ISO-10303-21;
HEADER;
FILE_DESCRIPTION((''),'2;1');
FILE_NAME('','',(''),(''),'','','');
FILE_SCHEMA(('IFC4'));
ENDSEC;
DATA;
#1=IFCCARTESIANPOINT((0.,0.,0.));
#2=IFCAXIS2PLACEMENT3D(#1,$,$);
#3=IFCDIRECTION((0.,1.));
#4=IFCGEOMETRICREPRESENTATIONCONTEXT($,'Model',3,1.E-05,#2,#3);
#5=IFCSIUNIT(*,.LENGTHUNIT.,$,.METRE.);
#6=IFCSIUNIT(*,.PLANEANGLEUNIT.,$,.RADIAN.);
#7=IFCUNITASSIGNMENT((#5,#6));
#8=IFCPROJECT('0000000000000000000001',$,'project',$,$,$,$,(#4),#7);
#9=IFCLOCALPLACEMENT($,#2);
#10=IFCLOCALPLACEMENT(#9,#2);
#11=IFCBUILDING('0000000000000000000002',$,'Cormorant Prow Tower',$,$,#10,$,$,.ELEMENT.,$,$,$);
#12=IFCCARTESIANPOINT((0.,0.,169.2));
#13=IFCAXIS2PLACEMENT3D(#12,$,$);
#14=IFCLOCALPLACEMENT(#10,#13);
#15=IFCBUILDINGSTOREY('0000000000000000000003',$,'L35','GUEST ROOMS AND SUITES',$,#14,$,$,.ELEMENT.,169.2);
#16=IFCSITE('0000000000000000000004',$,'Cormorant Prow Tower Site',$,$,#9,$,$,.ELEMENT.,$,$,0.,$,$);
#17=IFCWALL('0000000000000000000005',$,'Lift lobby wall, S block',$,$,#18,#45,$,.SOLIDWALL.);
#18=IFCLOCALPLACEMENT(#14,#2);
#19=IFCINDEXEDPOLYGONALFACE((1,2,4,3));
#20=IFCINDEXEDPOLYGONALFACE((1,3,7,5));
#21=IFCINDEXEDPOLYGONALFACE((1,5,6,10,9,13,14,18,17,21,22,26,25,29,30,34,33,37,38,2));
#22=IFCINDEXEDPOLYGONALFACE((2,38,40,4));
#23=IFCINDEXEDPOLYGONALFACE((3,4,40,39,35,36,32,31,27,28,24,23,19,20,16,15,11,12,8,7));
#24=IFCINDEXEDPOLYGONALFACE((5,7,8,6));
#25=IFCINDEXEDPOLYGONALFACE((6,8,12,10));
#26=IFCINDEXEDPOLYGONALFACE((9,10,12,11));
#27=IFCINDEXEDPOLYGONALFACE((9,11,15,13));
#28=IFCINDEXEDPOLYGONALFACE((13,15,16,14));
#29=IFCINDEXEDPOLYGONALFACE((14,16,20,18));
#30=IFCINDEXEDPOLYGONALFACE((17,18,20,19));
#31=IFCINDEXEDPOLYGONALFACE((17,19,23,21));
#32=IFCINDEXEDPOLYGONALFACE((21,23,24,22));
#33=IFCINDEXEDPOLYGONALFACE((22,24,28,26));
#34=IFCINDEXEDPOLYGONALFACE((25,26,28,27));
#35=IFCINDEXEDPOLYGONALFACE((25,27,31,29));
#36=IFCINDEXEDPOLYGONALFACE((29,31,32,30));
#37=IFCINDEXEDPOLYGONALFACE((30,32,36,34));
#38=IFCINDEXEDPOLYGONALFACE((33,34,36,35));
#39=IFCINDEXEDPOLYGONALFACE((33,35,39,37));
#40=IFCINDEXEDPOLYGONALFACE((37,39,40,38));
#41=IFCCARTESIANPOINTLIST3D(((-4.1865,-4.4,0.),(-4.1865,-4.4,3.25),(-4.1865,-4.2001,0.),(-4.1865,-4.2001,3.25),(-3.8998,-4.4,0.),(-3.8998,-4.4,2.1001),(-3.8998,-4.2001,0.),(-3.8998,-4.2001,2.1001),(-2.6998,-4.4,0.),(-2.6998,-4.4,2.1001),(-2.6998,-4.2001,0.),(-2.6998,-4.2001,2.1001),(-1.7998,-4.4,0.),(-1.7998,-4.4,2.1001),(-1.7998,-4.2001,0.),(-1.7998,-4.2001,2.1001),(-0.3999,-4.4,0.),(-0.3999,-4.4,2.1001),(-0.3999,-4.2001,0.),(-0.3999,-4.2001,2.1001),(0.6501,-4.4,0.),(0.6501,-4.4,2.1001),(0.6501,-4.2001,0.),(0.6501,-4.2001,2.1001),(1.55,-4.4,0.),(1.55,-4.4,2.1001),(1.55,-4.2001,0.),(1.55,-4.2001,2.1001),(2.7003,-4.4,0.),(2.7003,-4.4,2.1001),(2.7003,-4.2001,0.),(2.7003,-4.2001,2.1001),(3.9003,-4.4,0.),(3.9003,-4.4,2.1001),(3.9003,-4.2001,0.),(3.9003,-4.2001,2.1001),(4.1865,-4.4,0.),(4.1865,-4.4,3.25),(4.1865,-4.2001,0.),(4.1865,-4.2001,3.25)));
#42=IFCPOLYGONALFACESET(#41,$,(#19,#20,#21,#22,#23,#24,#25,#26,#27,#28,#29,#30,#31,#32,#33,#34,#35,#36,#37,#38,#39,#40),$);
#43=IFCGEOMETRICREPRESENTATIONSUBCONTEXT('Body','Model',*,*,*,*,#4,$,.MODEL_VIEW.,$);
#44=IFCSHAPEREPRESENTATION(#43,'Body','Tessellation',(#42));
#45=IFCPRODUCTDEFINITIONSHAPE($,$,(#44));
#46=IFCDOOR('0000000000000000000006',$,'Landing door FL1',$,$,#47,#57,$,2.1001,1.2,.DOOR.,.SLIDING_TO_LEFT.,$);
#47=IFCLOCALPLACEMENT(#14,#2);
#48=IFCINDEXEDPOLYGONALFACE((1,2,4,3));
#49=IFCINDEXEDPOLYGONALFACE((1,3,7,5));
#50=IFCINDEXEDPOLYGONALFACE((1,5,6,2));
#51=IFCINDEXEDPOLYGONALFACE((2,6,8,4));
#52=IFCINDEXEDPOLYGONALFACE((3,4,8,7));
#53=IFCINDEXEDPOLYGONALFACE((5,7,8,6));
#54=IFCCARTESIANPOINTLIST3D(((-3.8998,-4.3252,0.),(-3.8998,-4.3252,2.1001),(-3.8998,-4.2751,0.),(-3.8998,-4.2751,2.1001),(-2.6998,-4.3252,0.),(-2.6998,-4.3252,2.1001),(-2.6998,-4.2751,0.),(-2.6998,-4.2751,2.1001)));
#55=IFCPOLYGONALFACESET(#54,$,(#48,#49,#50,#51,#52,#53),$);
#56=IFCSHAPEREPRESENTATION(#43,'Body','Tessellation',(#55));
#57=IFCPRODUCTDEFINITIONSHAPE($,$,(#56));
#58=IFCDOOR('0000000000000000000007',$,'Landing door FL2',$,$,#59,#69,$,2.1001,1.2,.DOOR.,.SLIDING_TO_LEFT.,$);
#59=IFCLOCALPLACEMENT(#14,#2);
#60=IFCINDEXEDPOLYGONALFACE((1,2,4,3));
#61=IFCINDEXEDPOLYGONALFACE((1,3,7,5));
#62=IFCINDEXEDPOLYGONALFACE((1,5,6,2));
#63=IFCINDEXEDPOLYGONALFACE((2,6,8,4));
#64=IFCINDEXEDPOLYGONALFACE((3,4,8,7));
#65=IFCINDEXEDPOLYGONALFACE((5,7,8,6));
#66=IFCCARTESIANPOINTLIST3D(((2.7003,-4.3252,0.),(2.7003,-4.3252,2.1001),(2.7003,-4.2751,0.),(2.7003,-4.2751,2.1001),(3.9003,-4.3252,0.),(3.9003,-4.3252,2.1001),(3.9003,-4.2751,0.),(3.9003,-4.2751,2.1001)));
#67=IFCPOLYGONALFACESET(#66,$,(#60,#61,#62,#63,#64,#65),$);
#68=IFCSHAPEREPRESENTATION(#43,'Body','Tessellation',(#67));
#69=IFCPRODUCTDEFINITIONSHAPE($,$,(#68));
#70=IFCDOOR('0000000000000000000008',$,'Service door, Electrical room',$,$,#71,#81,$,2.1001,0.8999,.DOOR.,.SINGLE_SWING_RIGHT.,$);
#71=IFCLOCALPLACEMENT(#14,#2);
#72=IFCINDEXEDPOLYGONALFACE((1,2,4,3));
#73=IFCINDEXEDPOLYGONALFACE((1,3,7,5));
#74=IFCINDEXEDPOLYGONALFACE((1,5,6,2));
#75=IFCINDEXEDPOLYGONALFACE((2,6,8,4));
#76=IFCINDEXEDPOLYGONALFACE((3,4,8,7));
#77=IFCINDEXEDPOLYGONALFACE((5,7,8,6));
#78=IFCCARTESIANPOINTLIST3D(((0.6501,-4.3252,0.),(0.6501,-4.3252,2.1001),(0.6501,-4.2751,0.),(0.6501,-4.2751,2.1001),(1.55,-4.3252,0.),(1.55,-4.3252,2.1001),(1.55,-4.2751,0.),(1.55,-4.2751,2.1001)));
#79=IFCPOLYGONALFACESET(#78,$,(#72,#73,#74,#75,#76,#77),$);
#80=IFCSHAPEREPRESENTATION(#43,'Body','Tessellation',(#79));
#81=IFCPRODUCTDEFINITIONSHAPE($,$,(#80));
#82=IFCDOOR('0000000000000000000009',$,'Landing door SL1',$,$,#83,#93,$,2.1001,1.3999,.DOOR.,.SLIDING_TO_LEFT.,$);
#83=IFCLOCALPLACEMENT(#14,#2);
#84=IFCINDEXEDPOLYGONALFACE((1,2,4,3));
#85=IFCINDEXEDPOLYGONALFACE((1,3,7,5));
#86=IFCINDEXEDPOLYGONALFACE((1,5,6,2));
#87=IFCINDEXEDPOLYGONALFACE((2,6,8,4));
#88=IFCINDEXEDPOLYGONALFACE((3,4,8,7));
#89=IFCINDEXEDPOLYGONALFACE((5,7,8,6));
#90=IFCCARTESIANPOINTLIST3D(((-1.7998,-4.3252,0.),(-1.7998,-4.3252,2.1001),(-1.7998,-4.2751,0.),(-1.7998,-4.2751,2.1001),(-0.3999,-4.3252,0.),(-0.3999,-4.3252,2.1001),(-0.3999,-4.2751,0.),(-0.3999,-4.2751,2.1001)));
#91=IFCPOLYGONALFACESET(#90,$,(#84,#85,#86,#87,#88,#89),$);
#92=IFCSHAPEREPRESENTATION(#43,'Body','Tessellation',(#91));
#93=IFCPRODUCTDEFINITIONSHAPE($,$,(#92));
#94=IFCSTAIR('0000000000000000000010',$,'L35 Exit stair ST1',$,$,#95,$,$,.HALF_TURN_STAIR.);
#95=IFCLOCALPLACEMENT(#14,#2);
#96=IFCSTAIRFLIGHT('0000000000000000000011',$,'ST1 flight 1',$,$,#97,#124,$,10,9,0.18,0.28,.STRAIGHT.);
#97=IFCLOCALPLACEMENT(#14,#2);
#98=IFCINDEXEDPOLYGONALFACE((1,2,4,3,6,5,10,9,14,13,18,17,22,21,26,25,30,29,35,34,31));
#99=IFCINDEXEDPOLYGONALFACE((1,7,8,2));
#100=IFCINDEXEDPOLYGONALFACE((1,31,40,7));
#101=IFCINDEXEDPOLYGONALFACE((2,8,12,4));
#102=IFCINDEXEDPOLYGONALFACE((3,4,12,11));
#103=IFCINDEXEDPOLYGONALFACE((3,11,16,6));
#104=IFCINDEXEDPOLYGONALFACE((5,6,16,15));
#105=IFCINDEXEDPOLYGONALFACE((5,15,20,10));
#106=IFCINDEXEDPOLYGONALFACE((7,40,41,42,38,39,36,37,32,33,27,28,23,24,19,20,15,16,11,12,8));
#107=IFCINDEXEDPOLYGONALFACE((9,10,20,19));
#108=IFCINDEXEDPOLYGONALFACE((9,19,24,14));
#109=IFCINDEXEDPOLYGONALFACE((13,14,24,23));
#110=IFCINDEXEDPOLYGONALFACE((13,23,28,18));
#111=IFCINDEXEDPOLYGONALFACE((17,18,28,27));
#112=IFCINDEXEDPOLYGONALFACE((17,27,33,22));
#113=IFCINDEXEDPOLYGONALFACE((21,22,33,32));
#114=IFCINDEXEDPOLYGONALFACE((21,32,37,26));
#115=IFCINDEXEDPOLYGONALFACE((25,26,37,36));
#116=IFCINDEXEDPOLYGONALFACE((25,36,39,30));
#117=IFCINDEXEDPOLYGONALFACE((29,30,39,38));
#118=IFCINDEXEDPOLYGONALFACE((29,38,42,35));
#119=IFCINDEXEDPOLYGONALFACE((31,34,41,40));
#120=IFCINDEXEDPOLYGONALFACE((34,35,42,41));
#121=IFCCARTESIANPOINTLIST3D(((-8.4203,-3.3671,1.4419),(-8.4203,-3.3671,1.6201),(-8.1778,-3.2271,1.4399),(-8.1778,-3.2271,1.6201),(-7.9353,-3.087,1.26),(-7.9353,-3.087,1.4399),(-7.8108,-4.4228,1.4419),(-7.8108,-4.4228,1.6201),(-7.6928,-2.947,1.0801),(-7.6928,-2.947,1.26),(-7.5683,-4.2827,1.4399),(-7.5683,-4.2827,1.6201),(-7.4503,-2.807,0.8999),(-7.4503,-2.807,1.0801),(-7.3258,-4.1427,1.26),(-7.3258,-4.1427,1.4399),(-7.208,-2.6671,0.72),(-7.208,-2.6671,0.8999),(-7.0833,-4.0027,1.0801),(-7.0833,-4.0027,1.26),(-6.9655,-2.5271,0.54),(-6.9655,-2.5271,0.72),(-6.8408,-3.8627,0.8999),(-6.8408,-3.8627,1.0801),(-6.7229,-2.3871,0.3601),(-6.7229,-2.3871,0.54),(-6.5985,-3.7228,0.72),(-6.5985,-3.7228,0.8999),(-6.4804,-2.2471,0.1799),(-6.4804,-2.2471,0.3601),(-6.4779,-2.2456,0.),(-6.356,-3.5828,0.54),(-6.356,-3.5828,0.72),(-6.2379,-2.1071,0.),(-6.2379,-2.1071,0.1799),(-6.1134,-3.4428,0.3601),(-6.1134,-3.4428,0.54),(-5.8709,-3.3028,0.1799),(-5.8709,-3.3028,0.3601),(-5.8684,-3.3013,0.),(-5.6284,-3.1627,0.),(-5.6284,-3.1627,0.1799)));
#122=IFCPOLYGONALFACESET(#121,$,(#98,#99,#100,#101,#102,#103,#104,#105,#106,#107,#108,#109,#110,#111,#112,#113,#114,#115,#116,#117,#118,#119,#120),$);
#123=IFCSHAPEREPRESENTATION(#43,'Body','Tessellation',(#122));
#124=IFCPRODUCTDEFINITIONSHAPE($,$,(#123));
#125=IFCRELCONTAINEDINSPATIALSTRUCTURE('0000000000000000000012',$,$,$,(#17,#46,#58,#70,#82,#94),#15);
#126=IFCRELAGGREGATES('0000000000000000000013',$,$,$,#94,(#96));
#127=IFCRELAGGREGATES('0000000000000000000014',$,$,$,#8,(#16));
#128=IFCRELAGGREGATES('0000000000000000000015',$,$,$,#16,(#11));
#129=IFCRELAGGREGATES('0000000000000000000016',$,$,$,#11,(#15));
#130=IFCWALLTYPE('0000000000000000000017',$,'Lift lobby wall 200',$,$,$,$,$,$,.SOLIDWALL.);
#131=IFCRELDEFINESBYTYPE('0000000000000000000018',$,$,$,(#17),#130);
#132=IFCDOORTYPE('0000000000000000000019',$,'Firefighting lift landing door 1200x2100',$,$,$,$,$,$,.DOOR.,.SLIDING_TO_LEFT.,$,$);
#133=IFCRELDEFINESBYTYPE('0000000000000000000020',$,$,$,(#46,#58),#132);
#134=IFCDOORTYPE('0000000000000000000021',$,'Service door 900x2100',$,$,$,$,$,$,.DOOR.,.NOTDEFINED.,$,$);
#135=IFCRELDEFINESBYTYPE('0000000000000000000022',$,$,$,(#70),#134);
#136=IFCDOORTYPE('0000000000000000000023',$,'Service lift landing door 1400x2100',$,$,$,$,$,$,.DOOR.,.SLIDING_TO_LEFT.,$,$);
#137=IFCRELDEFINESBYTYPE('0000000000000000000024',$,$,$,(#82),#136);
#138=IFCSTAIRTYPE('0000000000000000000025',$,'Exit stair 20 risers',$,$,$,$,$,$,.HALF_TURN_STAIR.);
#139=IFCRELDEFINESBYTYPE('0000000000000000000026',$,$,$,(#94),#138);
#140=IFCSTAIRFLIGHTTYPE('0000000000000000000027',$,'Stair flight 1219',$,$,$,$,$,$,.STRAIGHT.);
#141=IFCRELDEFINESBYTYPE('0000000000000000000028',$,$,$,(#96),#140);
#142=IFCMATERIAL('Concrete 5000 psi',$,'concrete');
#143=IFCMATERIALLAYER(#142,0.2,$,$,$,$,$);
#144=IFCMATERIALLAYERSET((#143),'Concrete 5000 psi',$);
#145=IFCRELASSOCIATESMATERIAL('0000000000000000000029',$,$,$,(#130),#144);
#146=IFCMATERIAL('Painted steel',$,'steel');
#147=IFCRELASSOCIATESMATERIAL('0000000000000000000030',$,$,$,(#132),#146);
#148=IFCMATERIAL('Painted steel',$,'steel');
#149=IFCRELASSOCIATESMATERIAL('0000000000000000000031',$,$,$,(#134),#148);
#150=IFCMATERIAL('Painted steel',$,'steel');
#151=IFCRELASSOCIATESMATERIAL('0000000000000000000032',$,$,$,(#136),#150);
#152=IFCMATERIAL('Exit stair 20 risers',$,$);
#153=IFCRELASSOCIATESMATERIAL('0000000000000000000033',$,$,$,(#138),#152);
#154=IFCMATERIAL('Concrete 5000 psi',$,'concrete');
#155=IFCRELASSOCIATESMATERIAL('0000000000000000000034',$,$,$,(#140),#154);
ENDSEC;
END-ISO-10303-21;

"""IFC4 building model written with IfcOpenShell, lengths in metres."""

from ifc_helpers import new_model, si_unit, direction, frame, frame_2d, origin, place, context, subcontext, project, spatial, polyline, rectangle, outline, extrude, material, layer, layer_set, type_object, element, fill, aggregate, save


model = new_model("IFC4")

# Units and contexts
model_context = context("Model", 3, precision=1e-05, world=origin(), true_north=direction((0.0, 1.0)))
body_context = subcontext(model_context, "Body", "Model", "MODEL_VIEW")
ifc_project = project(units=[si_unit("LENGTHUNIT", "METRE"), si_unit("PLANEANGLEUNIT", "RADIAN")], contexts=[model_context])

# Site, building, storey
site_placement = place(None, origin())
site = spatial("IfcSite", under=ifc_project, at=site_placement, Name="Cormorant Prow Tower Site", CompositionType="ELEMENT", RefElevation=0.0)
building_placement = place(site_placement, origin())
building = spatial("IfcBuilding", under=site, at=building_placement, Name="Cormorant Prow Tower", CompositionType="ELEMENT")
storey_placement = place(building_placement, frame((0.0, 0.0, 169.2)))
storey = spatial("IfcBuildingStorey", under=building, at=storey_placement, Name="L35", Description="GUEST ROOMS AND SUITES", CompositionType="ELEMENT", Elevation=169.2)

# Wall, openings, doors
ifc_material_1 = material(Name="Concrete 5000 psi", Category="concrete")
ifc_layer_1 = layer(ifc_material_1, 0.2)
ifc_layer_set_1 = layer_set([ifc_layer_1], Name="Concrete 5000 psi")
wall_type_1 = type_object("IfcWallType", Name="Lift lobby wall 200", PredefinedType="SOLIDWALL", material=ifc_layer_set_1)
wall_1_placement = place(storey_placement, frame((-4.1865, -4.3, 0.0), z_axis=(0.0, 0.0, 1.0), x_axis=(1.0, 0.0, 0.0)))
wall_1 = element("IfcWall", 1, at=wall_1_placement, inside=storey, type_object=wall_type_1, Name="Lift lobby wall, S block", PredefinedType="SOLIDWALL", context=body_context, shape_type="SweptSolid", body=[
    extrude(rectangle(XDim=8.373, YDim=0.2, at=frame_2d((4.1865, 0.0))), origin(), (0.0, 0.0, 1.0), 3.25),
])
opening_1_placement = place(wall_1_placement, frame((0.2866, 0.0, 0.0)))
opening_1 = element("IfcOpeningElement", 2, at=opening_1_placement, cuts=wall_1, PredefinedType="OPENING", context=body_context, shape_type="SweptSolid", body=[
    extrude(rectangle(XDim=1.2, YDim=2.1001, at=frame_2d((0.6001, 1.05))), frame((0.0, 0.1099, 0.0), z_axis=(0.0, -1.0, 0.0), x_axis=(1.0, 0.0, 0.0)), (0.0, 0.0, 1.0), 0.22),
])
opening_2_placement = place(wall_1_placement, frame((2.3867, 0.0, 0.0)))
opening_2 = element("IfcOpeningElement", 3, at=opening_2_placement, cuts=wall_1, PredefinedType="OPENING", context=body_context, shape_type="SweptSolid", body=[
    extrude(rectangle(XDim=1.3999, YDim=2.1001, at=frame_2d((0.7, 1.05))), frame((0.0, 0.1099, 0.0), z_axis=(0.0, -1.0, 0.0), x_axis=(1.0, 0.0, 0.0)), (0.0, 0.0, 1.0), 0.22),
])
opening_3_placement = place(wall_1_placement, frame((4.8367, 0.0, 0.0)))
opening_3 = element("IfcOpeningElement", 4, at=opening_3_placement, cuts=wall_1, PredefinedType="OPENING", context=body_context, shape_type="SweptSolid", body=[
    extrude(rectangle(XDim=0.8999, YDim=2.1001, at=frame_2d((0.45, 1.05))), frame((0.0, 0.1099, 0.0), z_axis=(0.0, -1.0, 0.0), x_axis=(1.0, 0.0, 0.0)), (0.0, 0.0, 1.0), 0.22),
])
opening_4_placement = place(wall_1_placement, frame((6.8867, 0.0, 0.0)))
opening_4 = element("IfcOpeningElement", 5, at=opening_4_placement, cuts=wall_1, PredefinedType="OPENING", context=body_context, shape_type="SweptSolid", body=[
    extrude(rectangle(XDim=1.2, YDim=2.1001, at=frame_2d((0.6001, 1.05))), frame((0.0, 0.1099, 0.0), z_axis=(0.0, -1.0, 0.0), x_axis=(1.0, 0.0, 0.0)), (0.0, 0.0, 1.0), 0.22),
])
ifc_material_2 = material(Name="Painted steel", Category="steel")
door_type_1 = type_object("IfcDoorType", Name="Firefighting lift landing door 1200x2100", OperationType="SLIDING_TO_LEFT", PredefinedType="DOOR", material=ifc_material_2)
door_1_placement = place(opening_1_placement, origin())
door_1 = element("IfcDoor", 6, at=door_1_placement, inside=storey, type_object=door_type_1, Name="Landing door FL1", OperationType="SLIDING_TO_LEFT", OverallHeight=2.1001, OverallWidth=1.2, PredefinedType="DOOR", context=body_context, shape_type="SweptSolid", body=[
    extrude(rectangle(XDim=1.2, YDim=2.1001, at=frame_2d((0.6001, 1.05))), frame((0.0, 0.0249, 0.0), z_axis=(0.0, -1.0, 0.0), x_axis=(1.0, 0.0, 0.0)), (0.0, 0.0, 1.0), 0.05),
])
fill(opening_1, door_1)
door_2_placement = place(opening_4_placement, origin())
door_2 = element("IfcDoor", 7, at=door_2_placement, inside=storey, type_object=door_type_1, Name="Landing door FL2", OperationType="SLIDING_TO_LEFT", OverallHeight=2.1001, OverallWidth=1.2, PredefinedType="DOOR", context=body_context, shape_type="SweptSolid", body=[
    extrude(rectangle(XDim=1.2, YDim=2.1001, at=frame_2d((0.6001, 1.05))), frame((0.0, 0.0249, 0.0), z_axis=(0.0, -1.0, 0.0), x_axis=(1.0, 0.0, 0.0)), (0.0, 0.0, 1.0), 0.05),
])
fill(opening_4, door_2)
ifc_material_3 = material(Name="Painted steel", Category="steel")
door_type_2 = type_object("IfcDoorType", Name="Service door 900x2100", OperationType="NOTDEFINED", PredefinedType="DOOR", material=ifc_material_3)
door_3_placement = place(opening_3_placement, origin())
door_3 = element("IfcDoor", 8, at=door_3_placement, inside=storey, type_object=door_type_2, Name="Service door, Electrical room", OperationType="SINGLE_SWING_RIGHT", OverallHeight=2.1001, OverallWidth=0.8999, PredefinedType="DOOR", context=body_context, shape_type="SweptSolid", body=[
    extrude(rectangle(XDim=0.8999, YDim=2.1001, at=frame_2d((0.45, 1.05))), frame((0.0, 0.0249, 0.0), z_axis=(0.0, -1.0, 0.0), x_axis=(1.0, 0.0, 0.0)), (0.0, 0.0, 1.0), 0.05),
])
fill(opening_3, door_3)
ifc_material_4 = material(Name="Painted steel", Category="steel")
door_type_3 = type_object("IfcDoorType", Name="Service lift landing door 1400x2100", OperationType="SLIDING_TO_LEFT", PredefinedType="DOOR", material=ifc_material_4)
door_4_placement = place(opening_2_placement, origin())
door_4 = element("IfcDoor", 9, at=door_4_placement, inside=storey, type_object=door_type_3, Name="Landing door SL1", OperationType="SLIDING_TO_LEFT", OverallHeight=2.1001, OverallWidth=1.3999, PredefinedType="DOOR", context=body_context, shape_type="SweptSolid", body=[
    extrude(rectangle(XDim=1.3999, YDim=2.1001, at=frame_2d((0.7, 1.05))), frame((0.0, 0.0249, 0.0), z_axis=(0.0, -1.0, 0.0), x_axis=(1.0, 0.0, 0.0)), (0.0, 0.0, 1.0), 0.05),
])
fill(opening_2, door_4)

# Stair, stair flight
ifc_material_5 = material(Name="Exit stair 20 risers")
stair_type = type_object("IfcStairType", Name="Exit stair 20 risers", PredefinedType="HALF_TURN_STAIR", material=ifc_material_5)
stair_placement = place(storey_placement, origin())
stair = element("IfcStair", 10, at=stair_placement, inside=storey, type_object=stair_type, Name="L35 Exit stair ST1", PredefinedType="HALF_TURN_STAIR")
ifc_material_6 = material(Name="Concrete 5000 psi", Category="concrete")
stair_flight_type = type_object("IfcStairFlightType", Name="Stair flight 1219", PredefinedType="STRAIGHT", material=ifc_material_6)
stair_flight_placement = place(storey_placement, frame((-5.9331, -2.635, 0.0), z_axis=(0.0, 0.0, 1.0), x_axis=(-0.866025, -0.5, 0.0)))
stair_flight = element("IfcStairFlight", 11, at=stair_flight_placement, type_object=stair_flight_type, Name="ST1 flight 1", NumberOfRisers=10, NumberOfTreads=9, PredefinedType="STRAIGHT", RiserHeight=0.18, TreadLength=0.28, context=body_context, shape_type="SweptSolid", body=[
    extrude(outline(polyline([(0.0, 0.0), (0.0, 0.1799), (0.28, 0.1799), (0.28, 0.3601), (0.5601, 0.3601), (0.5601, 0.54), (0.8401, 0.54), (0.8401, 0.72), (1.1201, 0.72), (1.1201, 0.8999), (1.3999, 0.8999), (1.3999, 1.0801), (1.6799, 1.0801), (1.6799, 1.26), (1.96, 1.26), (1.96, 1.4399), (2.24, 1.4399), (2.24, 1.6201), (2.52, 1.6201), (2.52, 1.8), (2.52, 1.4419), (0.2771, 0.0), (0.0, 0.0)])), frame((0.0, 0.6094, 0.0), z_axis=(0.0, -1.0, 0.0), x_axis=(1.0, 0.0, 0.0)), (0.0, 0.0, 1.0), 1.219),
])
aggregate(stair, [stair_flight])

save(model, "model.ifc")
